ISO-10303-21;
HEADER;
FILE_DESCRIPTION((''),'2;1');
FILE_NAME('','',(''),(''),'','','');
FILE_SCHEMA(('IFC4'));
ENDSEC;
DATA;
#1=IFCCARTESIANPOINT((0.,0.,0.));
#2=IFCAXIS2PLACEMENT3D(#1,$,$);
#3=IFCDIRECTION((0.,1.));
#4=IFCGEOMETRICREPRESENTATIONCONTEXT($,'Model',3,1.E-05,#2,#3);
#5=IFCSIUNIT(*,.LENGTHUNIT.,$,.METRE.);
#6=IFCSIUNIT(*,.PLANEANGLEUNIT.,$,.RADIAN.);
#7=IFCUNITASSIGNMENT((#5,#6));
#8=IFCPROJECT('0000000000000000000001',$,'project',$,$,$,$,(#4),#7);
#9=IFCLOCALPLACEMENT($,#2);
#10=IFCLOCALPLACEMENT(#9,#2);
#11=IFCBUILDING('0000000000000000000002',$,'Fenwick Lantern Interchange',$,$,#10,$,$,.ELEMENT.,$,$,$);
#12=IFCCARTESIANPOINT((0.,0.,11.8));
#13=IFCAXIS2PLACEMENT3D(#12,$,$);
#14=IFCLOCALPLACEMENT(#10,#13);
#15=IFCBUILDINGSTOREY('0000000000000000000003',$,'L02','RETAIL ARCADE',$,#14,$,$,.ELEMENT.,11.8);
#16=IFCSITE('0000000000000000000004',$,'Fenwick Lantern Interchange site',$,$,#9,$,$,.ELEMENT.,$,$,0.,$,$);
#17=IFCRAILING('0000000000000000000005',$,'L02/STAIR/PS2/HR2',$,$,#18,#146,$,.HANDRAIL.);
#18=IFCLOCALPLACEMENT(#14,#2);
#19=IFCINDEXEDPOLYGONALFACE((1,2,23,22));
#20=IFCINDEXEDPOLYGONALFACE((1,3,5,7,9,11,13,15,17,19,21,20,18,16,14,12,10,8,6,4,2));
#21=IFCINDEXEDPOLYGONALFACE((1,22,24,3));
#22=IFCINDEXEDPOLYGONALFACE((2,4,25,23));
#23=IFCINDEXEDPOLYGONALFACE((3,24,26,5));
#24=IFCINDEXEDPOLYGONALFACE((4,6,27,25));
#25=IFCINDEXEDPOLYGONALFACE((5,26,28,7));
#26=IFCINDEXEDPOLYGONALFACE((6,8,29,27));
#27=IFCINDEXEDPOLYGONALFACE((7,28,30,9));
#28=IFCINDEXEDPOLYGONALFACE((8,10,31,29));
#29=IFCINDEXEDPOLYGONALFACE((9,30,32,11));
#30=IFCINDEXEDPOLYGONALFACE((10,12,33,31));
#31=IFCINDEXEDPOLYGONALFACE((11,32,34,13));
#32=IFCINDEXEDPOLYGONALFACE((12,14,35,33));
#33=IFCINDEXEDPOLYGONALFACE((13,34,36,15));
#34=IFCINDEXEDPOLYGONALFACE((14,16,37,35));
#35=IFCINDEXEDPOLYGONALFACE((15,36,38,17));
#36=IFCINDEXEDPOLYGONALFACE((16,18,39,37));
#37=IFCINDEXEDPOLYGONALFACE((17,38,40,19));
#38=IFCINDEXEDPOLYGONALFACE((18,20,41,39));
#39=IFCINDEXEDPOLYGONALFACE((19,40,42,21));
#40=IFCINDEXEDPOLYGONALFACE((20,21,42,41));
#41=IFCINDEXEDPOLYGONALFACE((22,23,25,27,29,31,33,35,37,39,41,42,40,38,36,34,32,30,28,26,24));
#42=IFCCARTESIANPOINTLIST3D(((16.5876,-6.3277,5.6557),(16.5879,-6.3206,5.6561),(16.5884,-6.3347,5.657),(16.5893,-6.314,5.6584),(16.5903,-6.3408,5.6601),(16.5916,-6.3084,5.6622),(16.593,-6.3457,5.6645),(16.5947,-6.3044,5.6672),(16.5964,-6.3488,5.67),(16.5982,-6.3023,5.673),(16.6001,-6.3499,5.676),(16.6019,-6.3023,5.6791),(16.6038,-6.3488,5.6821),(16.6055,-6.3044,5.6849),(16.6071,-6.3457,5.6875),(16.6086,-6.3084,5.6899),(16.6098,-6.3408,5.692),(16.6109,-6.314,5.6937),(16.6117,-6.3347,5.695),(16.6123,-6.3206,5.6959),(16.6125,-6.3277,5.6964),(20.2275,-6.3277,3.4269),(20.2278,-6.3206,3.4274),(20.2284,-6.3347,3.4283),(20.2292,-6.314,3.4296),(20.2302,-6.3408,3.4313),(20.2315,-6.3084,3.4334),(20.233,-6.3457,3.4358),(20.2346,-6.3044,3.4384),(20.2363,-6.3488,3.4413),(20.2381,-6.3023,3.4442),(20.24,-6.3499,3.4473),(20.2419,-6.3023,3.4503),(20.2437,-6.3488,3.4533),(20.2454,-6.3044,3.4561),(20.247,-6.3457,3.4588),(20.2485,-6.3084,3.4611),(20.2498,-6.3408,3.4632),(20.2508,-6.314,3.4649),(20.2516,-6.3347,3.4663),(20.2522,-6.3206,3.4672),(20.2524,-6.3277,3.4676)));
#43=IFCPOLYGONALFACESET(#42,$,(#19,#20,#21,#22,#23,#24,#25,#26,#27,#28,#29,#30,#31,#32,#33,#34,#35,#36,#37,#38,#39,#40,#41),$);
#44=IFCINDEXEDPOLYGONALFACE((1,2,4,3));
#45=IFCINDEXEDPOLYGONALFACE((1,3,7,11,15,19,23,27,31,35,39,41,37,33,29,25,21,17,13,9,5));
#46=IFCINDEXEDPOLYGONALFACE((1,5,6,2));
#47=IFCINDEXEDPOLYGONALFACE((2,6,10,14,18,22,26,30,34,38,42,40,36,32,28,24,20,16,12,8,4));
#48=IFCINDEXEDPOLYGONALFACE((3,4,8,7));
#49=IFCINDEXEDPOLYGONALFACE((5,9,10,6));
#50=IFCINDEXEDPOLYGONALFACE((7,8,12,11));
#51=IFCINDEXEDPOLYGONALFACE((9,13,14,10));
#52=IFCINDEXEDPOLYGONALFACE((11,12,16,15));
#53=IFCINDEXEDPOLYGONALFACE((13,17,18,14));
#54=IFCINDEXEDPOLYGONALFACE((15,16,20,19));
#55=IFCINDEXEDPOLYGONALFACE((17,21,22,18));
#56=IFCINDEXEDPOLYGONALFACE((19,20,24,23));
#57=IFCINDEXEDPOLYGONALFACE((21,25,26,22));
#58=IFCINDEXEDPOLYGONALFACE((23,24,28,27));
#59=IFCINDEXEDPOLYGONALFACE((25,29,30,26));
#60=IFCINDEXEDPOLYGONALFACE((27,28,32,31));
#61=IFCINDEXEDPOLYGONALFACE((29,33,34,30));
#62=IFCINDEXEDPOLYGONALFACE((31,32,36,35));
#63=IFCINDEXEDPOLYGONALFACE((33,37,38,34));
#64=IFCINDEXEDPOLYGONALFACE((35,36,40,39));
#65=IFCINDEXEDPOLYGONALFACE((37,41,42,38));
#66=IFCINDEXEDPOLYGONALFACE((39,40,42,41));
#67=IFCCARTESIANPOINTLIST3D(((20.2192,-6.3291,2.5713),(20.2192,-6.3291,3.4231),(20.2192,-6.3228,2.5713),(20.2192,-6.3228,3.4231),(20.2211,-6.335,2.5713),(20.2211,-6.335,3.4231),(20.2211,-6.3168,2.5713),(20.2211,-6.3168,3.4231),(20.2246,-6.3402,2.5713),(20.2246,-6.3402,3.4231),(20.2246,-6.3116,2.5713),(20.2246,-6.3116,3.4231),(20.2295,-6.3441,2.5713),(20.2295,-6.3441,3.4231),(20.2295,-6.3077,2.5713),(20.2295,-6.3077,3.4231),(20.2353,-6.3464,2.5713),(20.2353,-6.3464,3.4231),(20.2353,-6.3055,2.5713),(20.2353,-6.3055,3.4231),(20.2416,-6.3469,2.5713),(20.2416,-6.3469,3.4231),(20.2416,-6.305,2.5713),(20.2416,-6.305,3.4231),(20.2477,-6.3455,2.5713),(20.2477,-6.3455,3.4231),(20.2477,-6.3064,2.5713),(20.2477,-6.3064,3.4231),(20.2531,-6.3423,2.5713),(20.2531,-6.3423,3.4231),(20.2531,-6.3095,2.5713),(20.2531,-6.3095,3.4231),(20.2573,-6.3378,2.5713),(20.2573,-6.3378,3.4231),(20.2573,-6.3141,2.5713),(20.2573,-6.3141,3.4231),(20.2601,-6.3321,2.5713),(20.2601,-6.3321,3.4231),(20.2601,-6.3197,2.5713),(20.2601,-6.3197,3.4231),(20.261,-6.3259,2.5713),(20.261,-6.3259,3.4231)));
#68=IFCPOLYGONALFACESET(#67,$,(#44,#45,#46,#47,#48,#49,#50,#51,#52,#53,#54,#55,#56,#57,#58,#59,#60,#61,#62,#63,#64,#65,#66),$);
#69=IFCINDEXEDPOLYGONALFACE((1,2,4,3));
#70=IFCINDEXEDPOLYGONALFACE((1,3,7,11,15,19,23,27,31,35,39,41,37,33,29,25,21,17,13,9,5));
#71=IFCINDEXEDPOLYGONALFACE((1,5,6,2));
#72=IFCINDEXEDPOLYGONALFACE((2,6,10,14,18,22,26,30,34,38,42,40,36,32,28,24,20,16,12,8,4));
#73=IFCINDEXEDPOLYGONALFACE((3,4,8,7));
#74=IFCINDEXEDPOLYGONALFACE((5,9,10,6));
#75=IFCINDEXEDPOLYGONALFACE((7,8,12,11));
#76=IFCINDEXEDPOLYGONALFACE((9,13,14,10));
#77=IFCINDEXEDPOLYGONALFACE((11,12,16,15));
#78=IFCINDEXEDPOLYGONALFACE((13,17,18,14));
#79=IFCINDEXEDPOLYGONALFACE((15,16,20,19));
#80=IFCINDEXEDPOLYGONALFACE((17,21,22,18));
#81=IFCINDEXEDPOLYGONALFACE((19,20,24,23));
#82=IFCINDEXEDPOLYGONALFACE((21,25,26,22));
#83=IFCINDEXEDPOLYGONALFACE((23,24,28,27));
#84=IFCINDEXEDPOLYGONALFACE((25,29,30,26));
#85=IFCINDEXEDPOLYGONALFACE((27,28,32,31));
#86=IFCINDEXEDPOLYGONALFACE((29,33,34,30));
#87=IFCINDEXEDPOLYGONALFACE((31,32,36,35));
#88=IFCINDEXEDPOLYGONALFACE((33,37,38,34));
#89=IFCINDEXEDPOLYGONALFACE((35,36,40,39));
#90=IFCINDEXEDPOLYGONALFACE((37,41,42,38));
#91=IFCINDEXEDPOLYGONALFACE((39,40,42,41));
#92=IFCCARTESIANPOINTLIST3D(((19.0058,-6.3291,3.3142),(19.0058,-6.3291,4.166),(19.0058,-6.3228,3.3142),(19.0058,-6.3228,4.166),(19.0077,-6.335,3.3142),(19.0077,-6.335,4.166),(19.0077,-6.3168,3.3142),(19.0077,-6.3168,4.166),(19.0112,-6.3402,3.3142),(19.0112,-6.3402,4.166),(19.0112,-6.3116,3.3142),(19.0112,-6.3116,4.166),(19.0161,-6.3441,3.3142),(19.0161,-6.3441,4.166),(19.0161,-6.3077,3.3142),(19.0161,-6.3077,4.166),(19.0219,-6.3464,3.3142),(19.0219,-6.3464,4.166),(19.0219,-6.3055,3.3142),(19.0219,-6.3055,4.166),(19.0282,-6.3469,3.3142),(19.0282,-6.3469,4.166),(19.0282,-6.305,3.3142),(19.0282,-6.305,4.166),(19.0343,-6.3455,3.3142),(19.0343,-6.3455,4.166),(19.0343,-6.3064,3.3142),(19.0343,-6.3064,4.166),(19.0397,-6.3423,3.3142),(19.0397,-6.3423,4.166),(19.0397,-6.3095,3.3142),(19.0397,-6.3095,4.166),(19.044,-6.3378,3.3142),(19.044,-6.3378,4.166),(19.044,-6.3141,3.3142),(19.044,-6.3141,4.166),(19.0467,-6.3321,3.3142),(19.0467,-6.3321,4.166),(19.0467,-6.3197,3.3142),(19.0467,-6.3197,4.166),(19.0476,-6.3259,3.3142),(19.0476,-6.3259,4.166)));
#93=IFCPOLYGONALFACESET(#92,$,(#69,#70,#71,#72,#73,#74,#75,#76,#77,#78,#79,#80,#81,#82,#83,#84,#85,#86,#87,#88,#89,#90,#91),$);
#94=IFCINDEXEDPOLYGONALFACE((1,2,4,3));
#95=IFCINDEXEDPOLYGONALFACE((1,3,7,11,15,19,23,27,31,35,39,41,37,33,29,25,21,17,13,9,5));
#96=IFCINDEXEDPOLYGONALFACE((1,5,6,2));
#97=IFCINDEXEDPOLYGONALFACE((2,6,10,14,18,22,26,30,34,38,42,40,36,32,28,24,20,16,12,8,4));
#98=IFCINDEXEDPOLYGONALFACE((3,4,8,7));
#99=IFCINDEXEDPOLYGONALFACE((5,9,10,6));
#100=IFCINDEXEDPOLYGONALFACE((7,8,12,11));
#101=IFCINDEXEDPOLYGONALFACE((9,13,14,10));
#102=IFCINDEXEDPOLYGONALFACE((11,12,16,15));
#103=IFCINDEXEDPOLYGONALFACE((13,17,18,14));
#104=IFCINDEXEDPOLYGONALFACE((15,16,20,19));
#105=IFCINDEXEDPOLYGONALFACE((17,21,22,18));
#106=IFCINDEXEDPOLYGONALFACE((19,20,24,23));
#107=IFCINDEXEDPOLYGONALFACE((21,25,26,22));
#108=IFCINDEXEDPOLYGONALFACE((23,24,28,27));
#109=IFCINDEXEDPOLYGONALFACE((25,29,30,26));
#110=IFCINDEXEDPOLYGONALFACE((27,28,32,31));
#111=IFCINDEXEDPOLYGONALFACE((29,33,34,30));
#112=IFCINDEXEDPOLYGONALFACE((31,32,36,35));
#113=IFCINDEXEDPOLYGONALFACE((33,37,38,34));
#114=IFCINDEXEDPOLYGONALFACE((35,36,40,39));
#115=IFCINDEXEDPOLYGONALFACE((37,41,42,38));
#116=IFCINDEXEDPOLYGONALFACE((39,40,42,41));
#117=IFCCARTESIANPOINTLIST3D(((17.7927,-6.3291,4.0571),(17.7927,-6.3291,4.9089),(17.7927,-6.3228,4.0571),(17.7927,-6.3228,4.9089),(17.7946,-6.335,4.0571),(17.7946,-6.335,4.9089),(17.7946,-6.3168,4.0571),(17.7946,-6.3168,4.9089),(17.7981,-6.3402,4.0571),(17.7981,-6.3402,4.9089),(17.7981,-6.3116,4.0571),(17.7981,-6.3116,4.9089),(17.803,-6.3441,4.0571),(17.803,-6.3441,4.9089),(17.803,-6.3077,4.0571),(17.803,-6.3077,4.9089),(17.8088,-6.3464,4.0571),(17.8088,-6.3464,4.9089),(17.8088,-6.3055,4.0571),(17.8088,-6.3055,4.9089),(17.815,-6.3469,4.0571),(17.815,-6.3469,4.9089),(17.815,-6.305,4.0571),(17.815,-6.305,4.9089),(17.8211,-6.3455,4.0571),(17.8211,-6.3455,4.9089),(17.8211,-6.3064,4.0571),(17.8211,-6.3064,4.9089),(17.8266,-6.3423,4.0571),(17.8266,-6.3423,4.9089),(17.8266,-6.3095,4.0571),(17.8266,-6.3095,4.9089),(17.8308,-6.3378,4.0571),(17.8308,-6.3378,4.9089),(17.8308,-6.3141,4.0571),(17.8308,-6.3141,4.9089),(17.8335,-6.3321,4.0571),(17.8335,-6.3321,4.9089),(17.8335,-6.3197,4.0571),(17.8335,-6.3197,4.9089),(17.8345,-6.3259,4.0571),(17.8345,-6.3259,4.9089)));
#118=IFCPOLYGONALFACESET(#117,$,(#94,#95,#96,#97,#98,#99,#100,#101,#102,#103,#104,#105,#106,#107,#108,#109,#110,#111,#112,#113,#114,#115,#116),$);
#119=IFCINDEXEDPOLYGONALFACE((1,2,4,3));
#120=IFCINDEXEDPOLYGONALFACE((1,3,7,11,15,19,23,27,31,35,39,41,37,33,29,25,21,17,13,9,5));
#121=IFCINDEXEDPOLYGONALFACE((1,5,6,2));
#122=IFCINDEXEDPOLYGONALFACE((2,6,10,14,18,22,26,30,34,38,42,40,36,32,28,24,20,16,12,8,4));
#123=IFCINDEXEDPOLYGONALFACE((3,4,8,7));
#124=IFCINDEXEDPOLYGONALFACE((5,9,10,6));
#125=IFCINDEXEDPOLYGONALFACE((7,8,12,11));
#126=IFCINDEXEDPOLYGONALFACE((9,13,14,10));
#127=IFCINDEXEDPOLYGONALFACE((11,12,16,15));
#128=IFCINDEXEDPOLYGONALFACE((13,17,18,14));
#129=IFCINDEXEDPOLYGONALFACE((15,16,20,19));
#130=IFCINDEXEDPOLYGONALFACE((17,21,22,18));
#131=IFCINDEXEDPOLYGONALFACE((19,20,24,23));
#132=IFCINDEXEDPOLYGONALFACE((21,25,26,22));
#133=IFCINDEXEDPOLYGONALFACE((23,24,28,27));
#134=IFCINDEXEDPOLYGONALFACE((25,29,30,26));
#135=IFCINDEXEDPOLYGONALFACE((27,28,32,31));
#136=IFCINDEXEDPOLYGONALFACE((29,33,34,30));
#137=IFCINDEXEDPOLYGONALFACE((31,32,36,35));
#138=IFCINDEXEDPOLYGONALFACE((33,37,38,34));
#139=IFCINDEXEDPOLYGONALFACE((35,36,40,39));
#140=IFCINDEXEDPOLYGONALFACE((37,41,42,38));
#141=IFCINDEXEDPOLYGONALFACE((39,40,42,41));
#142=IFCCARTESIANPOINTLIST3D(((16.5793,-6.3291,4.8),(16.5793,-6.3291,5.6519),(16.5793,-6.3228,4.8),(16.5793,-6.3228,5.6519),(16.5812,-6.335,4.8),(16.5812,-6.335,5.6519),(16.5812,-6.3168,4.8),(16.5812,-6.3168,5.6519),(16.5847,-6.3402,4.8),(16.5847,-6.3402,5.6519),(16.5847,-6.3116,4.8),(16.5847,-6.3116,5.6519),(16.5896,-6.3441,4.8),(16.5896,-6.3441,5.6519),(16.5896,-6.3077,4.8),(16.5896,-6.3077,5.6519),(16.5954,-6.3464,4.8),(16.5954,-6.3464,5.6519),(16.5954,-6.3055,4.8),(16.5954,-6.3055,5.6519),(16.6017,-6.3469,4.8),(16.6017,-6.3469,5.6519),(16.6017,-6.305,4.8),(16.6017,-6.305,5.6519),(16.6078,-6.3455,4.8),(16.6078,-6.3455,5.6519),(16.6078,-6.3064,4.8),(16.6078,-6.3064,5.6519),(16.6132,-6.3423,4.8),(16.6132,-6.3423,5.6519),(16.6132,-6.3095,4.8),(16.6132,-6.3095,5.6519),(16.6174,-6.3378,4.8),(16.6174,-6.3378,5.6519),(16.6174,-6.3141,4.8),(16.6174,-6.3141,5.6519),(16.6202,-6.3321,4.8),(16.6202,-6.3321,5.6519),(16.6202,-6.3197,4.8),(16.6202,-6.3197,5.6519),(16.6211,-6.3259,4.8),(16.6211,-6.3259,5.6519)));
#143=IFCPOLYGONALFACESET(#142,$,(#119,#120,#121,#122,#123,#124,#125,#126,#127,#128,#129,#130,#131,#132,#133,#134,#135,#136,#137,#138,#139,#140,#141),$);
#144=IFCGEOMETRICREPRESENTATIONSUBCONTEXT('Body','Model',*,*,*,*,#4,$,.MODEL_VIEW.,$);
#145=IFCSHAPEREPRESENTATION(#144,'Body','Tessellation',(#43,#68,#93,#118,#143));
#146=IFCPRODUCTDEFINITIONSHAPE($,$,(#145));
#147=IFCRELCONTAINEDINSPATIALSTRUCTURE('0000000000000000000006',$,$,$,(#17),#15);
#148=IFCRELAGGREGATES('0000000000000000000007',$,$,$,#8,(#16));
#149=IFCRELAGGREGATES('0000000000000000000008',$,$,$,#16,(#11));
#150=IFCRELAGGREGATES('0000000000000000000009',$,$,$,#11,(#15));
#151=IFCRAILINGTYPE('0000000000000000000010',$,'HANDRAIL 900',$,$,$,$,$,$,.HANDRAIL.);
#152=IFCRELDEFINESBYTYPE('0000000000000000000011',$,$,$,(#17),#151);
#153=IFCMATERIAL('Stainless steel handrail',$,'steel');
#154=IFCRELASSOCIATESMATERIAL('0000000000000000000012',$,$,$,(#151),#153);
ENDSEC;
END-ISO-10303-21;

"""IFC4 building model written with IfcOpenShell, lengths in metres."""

from ifc_helpers import new_model, si_unit, direction, frame, origin, origin_2d, place, context, subcontext, project, spatial, circle, extrude, material, type_object, element, save


model = new_model("IFC4")

# Units and contexts
model_context = context("Model", 3, precision=1e-05, world=origin(), true_north=direction((0.0, 1.0)))
body_context = subcontext(model_context, "Body", "Model", "MODEL_VIEW")
ifc_project = project(units=[si_unit("LENGTHUNIT", "METRE"), si_unit("PLANEANGLEUNIT", "RADIAN")], contexts=[model_context])

# Site, building, storey
site_placement = place(None, origin())
site = spatial("IfcSite", under=ifc_project, at=site_placement, Name="Fenwick Lantern Interchange site", CompositionType="ELEMENT", RefElevation=0.0)
building_placement = place(site_placement, origin())
building = spatial("IfcBuilding", under=site, at=building_placement, Name="Fenwick Lantern Interchange", CompositionType="ELEMENT")
storey_placement = place(building_placement, frame((0.0, 0.0, 11.8)))
storey = spatial("IfcBuildingStorey", under=building, at=storey_placement, Name="L02", Description="RETAIL ARCADE", CompositionType="ELEMENT", Elevation=11.8)

# Railing
ifc_material_1 = material(Name="Stainless steel handrail", Category="steel")
railing_type = type_object("IfcRailingType", Name="HANDRAIL 900", PredefinedType="HANDRAIL", material=ifc_material_1)
railing_1_placement = place(storey_placement, frame((20.24, -6.3259, 2.5713)))
element("IfcRailing", 1, at=railing_1_placement, inside=storey, type_object=railing_type, Name="L02/STAIR/PS2/HR2", PredefinedType="HANDRAIL", context=body_context, shape_type="SweptSolid", body=[
    extrude(circle(Radius=0.0239, at=origin_2d()), frame((0.0, 0.0, 0.876), z_axis=(-0.852825, 0.0, 0.522197), x_axis=(0.0, -1.0, 0.0)), (0.0, 0.0, 1.0), 4.2681),
    extrude(circle(Radius=0.021, at=origin_2d()), origin(), (0.0, 0.0, 1.0), 0.8518),
    extrude(circle(Radius=0.021, at=origin_2d()), frame((-1.2134, 0.0, 0.7429)), (0.0, 0.0, 1.0), 0.8518),
    extrude(circle(Radius=0.021, at=origin_2d()), frame((-2.4265, 0.0, 1.4858)), (0.0, 0.0, 1.0), 0.8518),
    extrude(circle(Radius=0.021, at=origin_2d()), frame((-3.6399, 0.0, 2.2288)), (0.0, 0.0, 1.0), 0.8518),
])

save(model, "model.ifc")
